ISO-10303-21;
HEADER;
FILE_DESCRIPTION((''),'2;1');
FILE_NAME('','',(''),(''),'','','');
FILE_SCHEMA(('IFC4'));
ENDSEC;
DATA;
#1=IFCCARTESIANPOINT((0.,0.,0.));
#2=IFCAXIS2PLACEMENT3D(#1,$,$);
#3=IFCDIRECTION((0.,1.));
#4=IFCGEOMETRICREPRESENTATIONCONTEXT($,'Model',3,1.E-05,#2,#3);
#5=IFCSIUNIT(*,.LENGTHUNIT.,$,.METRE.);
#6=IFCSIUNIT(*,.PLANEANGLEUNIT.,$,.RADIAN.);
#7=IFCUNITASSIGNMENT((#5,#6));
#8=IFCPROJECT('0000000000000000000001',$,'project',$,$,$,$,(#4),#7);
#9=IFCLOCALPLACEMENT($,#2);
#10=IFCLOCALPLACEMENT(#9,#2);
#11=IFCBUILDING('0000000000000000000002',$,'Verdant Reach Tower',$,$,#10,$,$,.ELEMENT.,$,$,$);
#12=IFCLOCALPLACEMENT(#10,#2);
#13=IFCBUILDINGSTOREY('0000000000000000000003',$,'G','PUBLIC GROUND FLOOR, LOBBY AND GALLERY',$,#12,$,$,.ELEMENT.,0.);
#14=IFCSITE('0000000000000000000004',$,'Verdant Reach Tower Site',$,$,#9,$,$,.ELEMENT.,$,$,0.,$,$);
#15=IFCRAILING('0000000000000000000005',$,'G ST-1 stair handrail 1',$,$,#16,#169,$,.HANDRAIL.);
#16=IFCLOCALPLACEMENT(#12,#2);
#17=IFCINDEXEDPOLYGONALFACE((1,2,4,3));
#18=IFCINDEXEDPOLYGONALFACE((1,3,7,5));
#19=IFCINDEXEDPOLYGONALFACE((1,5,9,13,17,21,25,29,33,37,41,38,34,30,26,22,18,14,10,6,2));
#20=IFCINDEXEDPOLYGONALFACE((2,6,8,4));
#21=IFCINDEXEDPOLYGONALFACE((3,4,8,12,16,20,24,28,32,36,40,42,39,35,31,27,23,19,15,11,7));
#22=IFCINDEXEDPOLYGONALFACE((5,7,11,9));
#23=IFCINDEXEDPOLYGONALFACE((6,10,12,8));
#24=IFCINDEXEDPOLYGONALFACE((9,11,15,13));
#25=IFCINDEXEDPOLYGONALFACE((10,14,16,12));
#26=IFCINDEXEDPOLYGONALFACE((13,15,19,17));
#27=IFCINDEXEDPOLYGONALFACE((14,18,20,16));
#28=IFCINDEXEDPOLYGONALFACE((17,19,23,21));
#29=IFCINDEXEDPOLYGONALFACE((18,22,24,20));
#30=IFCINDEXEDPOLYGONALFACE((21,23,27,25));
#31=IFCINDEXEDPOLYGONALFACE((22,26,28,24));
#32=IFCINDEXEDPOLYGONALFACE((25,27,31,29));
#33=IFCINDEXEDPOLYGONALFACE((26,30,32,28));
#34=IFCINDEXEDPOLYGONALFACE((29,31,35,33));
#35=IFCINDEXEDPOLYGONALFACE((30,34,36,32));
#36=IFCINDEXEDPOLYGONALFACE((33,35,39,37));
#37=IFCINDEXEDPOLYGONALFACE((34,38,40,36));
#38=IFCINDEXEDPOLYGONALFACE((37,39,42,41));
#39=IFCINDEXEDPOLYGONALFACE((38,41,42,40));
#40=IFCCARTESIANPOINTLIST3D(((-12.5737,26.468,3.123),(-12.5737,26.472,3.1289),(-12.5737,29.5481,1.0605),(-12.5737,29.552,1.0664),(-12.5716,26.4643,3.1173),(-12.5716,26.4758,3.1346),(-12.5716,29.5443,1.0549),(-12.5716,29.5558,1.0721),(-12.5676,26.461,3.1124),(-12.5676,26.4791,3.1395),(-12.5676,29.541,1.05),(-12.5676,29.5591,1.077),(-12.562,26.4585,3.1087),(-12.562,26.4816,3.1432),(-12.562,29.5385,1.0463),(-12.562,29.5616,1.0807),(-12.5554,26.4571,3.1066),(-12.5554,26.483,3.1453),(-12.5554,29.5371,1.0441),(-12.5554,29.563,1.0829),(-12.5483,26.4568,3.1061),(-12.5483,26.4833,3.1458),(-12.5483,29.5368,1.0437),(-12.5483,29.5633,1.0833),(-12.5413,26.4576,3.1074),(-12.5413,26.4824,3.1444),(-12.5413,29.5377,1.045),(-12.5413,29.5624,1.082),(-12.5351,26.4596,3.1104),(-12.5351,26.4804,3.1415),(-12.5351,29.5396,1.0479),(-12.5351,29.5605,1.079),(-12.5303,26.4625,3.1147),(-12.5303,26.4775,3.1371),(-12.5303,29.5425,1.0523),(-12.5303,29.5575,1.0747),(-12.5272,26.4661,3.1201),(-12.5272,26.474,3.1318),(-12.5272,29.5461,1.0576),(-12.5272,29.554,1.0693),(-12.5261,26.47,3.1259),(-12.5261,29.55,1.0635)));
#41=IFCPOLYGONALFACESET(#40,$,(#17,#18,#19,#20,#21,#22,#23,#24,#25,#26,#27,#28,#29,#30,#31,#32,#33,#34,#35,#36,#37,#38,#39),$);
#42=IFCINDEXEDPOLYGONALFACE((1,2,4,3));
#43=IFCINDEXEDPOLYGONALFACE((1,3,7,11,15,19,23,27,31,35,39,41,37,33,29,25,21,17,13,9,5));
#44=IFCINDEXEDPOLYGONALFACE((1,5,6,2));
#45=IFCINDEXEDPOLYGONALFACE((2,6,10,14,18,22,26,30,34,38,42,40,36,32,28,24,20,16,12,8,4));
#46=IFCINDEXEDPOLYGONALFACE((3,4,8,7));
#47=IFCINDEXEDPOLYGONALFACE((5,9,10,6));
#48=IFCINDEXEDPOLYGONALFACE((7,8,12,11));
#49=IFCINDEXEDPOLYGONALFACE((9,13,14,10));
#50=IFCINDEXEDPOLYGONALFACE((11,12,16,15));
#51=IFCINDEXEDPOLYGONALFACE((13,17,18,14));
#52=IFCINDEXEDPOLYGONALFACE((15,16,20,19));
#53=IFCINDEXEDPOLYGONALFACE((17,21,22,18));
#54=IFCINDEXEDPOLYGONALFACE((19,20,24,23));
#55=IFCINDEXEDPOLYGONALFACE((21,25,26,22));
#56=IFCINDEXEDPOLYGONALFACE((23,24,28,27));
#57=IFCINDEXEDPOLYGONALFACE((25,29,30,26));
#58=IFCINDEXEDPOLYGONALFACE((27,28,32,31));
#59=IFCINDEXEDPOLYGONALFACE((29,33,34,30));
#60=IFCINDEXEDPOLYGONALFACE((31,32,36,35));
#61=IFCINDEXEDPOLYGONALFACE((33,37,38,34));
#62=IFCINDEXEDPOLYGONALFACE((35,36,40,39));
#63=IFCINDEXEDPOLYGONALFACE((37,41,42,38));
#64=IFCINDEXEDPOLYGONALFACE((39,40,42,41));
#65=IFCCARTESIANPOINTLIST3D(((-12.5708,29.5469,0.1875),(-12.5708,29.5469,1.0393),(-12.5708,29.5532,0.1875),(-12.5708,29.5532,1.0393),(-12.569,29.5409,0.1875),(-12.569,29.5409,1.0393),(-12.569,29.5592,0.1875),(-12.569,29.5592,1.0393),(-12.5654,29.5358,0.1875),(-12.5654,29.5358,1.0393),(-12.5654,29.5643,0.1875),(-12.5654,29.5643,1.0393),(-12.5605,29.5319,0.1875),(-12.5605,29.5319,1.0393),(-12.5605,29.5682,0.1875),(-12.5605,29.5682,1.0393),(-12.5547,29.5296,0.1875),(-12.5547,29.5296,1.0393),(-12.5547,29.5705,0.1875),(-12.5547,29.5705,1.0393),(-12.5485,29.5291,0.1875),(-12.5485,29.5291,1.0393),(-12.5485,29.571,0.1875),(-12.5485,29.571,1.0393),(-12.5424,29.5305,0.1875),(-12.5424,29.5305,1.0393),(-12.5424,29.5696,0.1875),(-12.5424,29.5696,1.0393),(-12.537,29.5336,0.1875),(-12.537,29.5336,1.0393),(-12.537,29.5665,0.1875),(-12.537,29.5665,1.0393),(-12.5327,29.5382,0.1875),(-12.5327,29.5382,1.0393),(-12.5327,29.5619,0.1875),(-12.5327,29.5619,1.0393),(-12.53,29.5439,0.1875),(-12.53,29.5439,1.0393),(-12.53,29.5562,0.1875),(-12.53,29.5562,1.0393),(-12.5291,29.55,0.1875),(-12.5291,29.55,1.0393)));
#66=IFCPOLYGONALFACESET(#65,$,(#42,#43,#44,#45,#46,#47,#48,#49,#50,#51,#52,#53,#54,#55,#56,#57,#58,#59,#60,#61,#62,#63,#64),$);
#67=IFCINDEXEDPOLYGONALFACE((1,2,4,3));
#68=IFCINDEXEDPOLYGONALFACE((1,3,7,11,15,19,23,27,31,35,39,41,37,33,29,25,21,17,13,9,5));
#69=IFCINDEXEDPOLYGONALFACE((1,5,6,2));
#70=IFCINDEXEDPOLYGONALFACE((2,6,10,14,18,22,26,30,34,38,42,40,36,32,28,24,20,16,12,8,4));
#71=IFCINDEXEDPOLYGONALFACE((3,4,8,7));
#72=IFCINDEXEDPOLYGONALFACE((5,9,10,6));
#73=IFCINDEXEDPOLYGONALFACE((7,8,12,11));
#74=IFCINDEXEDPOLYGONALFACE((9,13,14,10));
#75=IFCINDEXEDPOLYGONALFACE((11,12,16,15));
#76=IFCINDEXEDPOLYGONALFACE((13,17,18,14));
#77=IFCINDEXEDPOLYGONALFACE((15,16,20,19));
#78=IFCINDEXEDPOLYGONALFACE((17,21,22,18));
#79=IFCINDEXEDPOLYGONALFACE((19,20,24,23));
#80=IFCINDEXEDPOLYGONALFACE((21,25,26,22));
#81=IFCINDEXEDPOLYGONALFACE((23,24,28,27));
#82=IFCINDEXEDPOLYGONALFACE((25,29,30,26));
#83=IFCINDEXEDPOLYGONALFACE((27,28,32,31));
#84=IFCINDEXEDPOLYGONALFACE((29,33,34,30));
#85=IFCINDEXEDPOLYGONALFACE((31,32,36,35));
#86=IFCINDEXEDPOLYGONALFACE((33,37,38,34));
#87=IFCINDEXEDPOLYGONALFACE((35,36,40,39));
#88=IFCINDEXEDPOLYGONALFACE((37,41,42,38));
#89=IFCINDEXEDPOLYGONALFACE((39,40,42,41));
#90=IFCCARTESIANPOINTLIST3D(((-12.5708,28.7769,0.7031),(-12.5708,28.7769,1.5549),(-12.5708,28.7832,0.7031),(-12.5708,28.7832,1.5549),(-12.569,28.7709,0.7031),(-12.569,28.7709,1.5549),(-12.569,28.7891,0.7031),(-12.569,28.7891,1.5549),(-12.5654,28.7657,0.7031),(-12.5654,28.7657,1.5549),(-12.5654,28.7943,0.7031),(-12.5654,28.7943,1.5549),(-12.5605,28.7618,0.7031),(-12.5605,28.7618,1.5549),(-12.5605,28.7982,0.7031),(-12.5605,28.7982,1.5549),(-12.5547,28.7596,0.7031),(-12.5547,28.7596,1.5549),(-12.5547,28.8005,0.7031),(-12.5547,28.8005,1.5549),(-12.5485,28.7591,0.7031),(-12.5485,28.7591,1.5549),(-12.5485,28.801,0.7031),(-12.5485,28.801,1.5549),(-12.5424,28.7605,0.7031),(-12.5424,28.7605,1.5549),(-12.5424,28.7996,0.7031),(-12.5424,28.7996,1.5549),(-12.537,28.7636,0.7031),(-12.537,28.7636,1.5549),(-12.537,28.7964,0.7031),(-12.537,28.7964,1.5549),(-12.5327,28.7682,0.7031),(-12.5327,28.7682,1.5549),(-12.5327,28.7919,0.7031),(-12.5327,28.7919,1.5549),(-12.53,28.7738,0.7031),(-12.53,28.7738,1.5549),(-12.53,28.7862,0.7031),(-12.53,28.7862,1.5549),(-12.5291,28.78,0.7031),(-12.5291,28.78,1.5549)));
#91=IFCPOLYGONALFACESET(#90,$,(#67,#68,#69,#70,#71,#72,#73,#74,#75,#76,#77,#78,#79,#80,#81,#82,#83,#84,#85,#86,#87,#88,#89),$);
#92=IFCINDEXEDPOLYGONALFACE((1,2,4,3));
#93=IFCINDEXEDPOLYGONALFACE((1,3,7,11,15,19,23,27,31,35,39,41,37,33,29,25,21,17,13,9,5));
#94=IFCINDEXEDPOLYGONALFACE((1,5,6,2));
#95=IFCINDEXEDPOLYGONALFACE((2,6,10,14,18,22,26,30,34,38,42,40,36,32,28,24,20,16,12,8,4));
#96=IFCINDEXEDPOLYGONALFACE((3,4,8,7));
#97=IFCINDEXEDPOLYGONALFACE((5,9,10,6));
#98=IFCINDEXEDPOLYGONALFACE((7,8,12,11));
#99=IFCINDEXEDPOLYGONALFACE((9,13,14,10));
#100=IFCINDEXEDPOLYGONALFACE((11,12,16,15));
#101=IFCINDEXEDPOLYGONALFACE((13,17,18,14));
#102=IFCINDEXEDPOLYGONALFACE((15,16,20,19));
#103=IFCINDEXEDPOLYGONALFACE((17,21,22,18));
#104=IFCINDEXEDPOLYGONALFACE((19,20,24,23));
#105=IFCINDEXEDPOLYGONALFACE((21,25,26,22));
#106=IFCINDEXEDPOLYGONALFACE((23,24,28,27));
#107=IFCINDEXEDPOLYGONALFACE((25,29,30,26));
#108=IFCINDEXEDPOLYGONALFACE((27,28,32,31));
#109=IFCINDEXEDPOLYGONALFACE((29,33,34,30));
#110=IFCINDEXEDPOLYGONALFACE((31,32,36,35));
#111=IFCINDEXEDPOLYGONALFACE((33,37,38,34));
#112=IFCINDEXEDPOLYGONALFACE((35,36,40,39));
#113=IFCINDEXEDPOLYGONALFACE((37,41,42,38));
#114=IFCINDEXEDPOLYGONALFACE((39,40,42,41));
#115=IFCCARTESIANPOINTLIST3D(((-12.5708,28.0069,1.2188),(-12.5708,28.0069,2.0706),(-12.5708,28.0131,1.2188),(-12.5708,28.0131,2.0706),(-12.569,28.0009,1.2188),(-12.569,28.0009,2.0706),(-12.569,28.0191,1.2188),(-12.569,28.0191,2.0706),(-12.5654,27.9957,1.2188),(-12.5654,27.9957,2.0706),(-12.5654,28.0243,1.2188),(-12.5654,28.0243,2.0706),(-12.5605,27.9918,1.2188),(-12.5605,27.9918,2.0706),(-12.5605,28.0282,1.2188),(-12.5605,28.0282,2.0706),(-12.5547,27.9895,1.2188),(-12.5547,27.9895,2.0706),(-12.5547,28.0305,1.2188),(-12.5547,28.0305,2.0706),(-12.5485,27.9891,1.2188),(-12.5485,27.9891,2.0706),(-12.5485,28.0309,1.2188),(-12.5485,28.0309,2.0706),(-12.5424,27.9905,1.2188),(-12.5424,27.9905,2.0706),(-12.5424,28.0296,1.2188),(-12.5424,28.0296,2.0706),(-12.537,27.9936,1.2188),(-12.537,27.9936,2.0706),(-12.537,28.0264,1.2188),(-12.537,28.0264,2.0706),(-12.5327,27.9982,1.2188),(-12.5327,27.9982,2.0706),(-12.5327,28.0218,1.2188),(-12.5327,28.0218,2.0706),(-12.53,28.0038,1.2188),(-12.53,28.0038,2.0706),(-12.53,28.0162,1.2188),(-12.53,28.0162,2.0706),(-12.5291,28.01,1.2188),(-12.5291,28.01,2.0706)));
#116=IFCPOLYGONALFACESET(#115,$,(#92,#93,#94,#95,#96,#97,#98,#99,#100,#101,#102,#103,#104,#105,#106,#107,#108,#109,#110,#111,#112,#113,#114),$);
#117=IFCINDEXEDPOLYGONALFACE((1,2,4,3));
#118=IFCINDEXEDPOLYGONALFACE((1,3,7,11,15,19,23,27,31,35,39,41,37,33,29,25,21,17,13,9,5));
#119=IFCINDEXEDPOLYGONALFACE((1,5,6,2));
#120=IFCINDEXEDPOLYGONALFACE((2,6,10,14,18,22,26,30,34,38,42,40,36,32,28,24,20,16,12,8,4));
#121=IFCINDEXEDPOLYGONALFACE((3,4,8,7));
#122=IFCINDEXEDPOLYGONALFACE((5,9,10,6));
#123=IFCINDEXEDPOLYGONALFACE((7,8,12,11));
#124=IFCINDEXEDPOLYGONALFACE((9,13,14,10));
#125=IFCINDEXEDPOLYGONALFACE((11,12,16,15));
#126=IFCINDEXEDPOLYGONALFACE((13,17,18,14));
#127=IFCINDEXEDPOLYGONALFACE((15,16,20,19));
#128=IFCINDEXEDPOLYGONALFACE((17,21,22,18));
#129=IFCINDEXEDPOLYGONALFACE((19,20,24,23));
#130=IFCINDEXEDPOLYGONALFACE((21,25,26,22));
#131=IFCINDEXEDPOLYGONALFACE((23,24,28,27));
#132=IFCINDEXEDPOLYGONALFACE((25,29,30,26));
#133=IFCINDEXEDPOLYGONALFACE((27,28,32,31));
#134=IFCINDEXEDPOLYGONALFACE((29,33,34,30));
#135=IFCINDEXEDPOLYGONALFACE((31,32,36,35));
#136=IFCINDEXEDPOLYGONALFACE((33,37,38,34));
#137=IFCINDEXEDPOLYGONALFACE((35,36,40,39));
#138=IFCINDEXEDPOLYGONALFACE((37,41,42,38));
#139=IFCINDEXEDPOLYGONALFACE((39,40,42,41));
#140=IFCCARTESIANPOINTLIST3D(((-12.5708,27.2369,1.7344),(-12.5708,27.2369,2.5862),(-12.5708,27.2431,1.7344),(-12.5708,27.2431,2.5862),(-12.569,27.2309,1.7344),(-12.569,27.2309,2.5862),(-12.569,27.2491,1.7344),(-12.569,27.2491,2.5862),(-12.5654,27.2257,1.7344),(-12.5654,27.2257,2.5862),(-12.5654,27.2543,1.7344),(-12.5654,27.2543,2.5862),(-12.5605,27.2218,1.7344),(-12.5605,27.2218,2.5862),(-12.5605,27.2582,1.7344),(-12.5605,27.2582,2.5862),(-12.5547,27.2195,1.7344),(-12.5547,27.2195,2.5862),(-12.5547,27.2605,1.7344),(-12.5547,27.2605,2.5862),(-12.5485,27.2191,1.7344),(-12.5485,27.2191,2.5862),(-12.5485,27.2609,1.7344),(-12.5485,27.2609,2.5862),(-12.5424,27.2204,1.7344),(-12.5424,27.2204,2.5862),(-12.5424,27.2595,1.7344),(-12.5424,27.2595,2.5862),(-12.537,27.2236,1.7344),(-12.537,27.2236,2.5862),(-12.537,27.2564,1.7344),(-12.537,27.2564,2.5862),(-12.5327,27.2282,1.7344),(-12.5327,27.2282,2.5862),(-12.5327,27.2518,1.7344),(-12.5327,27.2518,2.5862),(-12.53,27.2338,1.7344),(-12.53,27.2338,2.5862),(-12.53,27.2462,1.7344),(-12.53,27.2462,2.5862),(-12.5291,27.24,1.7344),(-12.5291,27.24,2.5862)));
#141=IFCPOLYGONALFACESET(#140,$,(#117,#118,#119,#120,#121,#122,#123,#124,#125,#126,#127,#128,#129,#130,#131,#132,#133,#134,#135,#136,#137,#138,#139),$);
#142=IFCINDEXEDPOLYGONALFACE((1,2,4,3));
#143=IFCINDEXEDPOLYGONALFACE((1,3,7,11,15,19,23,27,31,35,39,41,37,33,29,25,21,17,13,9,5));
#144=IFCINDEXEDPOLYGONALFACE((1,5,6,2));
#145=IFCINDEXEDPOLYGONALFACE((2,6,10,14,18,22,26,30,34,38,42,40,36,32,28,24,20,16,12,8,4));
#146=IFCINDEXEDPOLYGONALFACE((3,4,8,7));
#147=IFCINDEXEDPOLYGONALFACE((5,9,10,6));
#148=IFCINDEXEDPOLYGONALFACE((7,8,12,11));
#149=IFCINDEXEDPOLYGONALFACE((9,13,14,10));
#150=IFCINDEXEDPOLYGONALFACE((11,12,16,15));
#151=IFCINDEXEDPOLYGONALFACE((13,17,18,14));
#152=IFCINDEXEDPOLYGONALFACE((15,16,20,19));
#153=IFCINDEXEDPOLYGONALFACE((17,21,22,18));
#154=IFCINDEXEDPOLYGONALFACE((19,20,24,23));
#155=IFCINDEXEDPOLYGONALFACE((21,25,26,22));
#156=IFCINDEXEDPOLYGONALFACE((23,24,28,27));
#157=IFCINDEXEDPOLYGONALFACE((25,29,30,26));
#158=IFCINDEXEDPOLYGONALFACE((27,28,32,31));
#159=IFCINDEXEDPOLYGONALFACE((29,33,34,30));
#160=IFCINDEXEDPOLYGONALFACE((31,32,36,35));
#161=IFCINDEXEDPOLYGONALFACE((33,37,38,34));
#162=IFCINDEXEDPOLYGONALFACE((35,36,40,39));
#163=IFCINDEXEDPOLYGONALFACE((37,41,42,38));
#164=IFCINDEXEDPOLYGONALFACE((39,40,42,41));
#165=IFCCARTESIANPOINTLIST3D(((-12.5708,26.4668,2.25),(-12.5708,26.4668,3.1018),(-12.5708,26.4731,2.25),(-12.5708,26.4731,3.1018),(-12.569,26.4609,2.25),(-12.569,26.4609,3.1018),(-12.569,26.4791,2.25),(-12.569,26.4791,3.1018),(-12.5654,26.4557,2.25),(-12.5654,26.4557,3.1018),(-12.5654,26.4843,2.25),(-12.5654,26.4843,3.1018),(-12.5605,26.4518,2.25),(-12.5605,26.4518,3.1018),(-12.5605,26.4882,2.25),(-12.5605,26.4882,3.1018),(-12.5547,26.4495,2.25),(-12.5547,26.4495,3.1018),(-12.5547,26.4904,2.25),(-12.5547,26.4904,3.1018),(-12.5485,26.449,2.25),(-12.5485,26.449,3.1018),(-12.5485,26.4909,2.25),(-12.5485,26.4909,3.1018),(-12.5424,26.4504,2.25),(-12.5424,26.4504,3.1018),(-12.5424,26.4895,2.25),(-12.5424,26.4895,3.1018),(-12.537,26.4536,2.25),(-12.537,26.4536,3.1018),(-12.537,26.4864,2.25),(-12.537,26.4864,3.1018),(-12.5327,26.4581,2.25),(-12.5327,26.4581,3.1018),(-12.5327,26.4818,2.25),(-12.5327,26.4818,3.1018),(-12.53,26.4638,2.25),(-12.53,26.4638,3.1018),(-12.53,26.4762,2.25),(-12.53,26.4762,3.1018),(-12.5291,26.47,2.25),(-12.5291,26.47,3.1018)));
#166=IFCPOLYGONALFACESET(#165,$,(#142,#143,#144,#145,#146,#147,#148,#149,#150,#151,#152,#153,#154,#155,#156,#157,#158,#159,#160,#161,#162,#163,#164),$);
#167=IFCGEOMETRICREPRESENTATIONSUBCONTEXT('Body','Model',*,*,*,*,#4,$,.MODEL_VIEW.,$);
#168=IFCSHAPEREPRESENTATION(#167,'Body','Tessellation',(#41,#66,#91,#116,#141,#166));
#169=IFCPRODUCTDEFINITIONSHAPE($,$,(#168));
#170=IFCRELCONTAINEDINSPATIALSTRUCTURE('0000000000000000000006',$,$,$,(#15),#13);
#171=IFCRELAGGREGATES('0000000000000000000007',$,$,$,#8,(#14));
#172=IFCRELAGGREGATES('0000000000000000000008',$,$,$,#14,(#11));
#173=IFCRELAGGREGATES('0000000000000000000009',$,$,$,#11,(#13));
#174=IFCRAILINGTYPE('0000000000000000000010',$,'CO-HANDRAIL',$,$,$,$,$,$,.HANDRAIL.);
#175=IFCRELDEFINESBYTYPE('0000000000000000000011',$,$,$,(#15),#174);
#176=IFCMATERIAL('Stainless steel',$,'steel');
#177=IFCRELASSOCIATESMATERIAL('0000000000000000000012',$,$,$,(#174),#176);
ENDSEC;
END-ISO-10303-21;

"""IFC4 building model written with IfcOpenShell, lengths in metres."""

from ifc_helpers import new_model, si_unit, direction, frame, origin, origin_2d, place, context, subcontext, project, spatial, circle, extrude, material, type_object, element, save


model = new_model("IFC4")

# Units and contexts
model_context = context("Model", 3, precision=1e-05, world=origin(), true_north=direction((0.0, 1.0)))
body_context = subcontext(model_context, "Body", "Model", "MODEL_VIEW")
ifc_project = project(units=[si_unit("LENGTHUNIT", "METRE"), si_unit("PLANEANGLEUNIT", "RADIAN")], contexts=[model_context])

# Site, building, storey
site_placement = place(None, origin())
site = spatial("IfcSite", under=ifc_project, at=site_placement, Name="Verdant Reach Tower Site", CompositionType="ELEMENT", RefElevation=0.0)
building_placement = place(site_placement, origin())
building = spatial("IfcBuilding", under=site, at=building_placement, Name="Verdant Reach Tower", CompositionType="ELEMENT")
storey_placement = place(building_placement, origin())
storey = spatial("IfcBuildingStorey", under=building, at=storey_placement, Name="G", Description="PUBLIC GROUND FLOOR, LOBBY AND GALLERY", CompositionType="ELEMENT", Elevation=0.0)

# Shared definitions
ifc_material_1 = material(Name="Stainless steel", Category="steel")

# Railing
railing_type_1 = type_object("IfcRailingType", Name="CO-HANDRAIL", PredefinedType="HANDRAIL", material=ifc_material_1)
railing_1_placement = place(storey_placement, frame((-12.55, 29.55, 0.1875)))
element("IfcRailing", 1, at=railing_1_placement, inside=storey, type_object=railing_type_1, Name="G ST-1 stair handrail 1", PredefinedType="HANDRAIL", context=body_context, shape_type="SweptSolid", body=[
    extrude(circle(Radius=0.0239, at=origin_2d()), frame((0.0, 0.0, 0.876), z_axis=(0.0, -0.830914, 0.556401), x_axis=(1.0, 0.0, 0.0)), (0.0, 0.0, 1.0), 3.7068),
    extrude(circle(Radius=0.021, at=origin_2d()), origin(), (0.0, 0.0, 1.0), 0.8518),
    extrude(circle(Radius=0.021, at=origin_2d()), frame((0.0, -0.77, 0.5156)), (0.0, 0.0, 1.0), 0.8518),
    extrude(circle(Radius=0.021, at=origin_2d()), frame((0.0, -1.54, 1.0312)), (0.0, 0.0, 1.0), 0.8518),
    extrude(circle(Radius=0.021, at=origin_2d()), frame((0.0, -2.3101, 1.5469)), (0.0, 0.0, 1.0), 0.8518),
    extrude(circle(Radius=0.021, at=origin_2d()), frame((0.0, -3.0801, 2.0625)), (0.0, 0.0, 1.0), 0.8518),
])

save(model, "model.ifc")
